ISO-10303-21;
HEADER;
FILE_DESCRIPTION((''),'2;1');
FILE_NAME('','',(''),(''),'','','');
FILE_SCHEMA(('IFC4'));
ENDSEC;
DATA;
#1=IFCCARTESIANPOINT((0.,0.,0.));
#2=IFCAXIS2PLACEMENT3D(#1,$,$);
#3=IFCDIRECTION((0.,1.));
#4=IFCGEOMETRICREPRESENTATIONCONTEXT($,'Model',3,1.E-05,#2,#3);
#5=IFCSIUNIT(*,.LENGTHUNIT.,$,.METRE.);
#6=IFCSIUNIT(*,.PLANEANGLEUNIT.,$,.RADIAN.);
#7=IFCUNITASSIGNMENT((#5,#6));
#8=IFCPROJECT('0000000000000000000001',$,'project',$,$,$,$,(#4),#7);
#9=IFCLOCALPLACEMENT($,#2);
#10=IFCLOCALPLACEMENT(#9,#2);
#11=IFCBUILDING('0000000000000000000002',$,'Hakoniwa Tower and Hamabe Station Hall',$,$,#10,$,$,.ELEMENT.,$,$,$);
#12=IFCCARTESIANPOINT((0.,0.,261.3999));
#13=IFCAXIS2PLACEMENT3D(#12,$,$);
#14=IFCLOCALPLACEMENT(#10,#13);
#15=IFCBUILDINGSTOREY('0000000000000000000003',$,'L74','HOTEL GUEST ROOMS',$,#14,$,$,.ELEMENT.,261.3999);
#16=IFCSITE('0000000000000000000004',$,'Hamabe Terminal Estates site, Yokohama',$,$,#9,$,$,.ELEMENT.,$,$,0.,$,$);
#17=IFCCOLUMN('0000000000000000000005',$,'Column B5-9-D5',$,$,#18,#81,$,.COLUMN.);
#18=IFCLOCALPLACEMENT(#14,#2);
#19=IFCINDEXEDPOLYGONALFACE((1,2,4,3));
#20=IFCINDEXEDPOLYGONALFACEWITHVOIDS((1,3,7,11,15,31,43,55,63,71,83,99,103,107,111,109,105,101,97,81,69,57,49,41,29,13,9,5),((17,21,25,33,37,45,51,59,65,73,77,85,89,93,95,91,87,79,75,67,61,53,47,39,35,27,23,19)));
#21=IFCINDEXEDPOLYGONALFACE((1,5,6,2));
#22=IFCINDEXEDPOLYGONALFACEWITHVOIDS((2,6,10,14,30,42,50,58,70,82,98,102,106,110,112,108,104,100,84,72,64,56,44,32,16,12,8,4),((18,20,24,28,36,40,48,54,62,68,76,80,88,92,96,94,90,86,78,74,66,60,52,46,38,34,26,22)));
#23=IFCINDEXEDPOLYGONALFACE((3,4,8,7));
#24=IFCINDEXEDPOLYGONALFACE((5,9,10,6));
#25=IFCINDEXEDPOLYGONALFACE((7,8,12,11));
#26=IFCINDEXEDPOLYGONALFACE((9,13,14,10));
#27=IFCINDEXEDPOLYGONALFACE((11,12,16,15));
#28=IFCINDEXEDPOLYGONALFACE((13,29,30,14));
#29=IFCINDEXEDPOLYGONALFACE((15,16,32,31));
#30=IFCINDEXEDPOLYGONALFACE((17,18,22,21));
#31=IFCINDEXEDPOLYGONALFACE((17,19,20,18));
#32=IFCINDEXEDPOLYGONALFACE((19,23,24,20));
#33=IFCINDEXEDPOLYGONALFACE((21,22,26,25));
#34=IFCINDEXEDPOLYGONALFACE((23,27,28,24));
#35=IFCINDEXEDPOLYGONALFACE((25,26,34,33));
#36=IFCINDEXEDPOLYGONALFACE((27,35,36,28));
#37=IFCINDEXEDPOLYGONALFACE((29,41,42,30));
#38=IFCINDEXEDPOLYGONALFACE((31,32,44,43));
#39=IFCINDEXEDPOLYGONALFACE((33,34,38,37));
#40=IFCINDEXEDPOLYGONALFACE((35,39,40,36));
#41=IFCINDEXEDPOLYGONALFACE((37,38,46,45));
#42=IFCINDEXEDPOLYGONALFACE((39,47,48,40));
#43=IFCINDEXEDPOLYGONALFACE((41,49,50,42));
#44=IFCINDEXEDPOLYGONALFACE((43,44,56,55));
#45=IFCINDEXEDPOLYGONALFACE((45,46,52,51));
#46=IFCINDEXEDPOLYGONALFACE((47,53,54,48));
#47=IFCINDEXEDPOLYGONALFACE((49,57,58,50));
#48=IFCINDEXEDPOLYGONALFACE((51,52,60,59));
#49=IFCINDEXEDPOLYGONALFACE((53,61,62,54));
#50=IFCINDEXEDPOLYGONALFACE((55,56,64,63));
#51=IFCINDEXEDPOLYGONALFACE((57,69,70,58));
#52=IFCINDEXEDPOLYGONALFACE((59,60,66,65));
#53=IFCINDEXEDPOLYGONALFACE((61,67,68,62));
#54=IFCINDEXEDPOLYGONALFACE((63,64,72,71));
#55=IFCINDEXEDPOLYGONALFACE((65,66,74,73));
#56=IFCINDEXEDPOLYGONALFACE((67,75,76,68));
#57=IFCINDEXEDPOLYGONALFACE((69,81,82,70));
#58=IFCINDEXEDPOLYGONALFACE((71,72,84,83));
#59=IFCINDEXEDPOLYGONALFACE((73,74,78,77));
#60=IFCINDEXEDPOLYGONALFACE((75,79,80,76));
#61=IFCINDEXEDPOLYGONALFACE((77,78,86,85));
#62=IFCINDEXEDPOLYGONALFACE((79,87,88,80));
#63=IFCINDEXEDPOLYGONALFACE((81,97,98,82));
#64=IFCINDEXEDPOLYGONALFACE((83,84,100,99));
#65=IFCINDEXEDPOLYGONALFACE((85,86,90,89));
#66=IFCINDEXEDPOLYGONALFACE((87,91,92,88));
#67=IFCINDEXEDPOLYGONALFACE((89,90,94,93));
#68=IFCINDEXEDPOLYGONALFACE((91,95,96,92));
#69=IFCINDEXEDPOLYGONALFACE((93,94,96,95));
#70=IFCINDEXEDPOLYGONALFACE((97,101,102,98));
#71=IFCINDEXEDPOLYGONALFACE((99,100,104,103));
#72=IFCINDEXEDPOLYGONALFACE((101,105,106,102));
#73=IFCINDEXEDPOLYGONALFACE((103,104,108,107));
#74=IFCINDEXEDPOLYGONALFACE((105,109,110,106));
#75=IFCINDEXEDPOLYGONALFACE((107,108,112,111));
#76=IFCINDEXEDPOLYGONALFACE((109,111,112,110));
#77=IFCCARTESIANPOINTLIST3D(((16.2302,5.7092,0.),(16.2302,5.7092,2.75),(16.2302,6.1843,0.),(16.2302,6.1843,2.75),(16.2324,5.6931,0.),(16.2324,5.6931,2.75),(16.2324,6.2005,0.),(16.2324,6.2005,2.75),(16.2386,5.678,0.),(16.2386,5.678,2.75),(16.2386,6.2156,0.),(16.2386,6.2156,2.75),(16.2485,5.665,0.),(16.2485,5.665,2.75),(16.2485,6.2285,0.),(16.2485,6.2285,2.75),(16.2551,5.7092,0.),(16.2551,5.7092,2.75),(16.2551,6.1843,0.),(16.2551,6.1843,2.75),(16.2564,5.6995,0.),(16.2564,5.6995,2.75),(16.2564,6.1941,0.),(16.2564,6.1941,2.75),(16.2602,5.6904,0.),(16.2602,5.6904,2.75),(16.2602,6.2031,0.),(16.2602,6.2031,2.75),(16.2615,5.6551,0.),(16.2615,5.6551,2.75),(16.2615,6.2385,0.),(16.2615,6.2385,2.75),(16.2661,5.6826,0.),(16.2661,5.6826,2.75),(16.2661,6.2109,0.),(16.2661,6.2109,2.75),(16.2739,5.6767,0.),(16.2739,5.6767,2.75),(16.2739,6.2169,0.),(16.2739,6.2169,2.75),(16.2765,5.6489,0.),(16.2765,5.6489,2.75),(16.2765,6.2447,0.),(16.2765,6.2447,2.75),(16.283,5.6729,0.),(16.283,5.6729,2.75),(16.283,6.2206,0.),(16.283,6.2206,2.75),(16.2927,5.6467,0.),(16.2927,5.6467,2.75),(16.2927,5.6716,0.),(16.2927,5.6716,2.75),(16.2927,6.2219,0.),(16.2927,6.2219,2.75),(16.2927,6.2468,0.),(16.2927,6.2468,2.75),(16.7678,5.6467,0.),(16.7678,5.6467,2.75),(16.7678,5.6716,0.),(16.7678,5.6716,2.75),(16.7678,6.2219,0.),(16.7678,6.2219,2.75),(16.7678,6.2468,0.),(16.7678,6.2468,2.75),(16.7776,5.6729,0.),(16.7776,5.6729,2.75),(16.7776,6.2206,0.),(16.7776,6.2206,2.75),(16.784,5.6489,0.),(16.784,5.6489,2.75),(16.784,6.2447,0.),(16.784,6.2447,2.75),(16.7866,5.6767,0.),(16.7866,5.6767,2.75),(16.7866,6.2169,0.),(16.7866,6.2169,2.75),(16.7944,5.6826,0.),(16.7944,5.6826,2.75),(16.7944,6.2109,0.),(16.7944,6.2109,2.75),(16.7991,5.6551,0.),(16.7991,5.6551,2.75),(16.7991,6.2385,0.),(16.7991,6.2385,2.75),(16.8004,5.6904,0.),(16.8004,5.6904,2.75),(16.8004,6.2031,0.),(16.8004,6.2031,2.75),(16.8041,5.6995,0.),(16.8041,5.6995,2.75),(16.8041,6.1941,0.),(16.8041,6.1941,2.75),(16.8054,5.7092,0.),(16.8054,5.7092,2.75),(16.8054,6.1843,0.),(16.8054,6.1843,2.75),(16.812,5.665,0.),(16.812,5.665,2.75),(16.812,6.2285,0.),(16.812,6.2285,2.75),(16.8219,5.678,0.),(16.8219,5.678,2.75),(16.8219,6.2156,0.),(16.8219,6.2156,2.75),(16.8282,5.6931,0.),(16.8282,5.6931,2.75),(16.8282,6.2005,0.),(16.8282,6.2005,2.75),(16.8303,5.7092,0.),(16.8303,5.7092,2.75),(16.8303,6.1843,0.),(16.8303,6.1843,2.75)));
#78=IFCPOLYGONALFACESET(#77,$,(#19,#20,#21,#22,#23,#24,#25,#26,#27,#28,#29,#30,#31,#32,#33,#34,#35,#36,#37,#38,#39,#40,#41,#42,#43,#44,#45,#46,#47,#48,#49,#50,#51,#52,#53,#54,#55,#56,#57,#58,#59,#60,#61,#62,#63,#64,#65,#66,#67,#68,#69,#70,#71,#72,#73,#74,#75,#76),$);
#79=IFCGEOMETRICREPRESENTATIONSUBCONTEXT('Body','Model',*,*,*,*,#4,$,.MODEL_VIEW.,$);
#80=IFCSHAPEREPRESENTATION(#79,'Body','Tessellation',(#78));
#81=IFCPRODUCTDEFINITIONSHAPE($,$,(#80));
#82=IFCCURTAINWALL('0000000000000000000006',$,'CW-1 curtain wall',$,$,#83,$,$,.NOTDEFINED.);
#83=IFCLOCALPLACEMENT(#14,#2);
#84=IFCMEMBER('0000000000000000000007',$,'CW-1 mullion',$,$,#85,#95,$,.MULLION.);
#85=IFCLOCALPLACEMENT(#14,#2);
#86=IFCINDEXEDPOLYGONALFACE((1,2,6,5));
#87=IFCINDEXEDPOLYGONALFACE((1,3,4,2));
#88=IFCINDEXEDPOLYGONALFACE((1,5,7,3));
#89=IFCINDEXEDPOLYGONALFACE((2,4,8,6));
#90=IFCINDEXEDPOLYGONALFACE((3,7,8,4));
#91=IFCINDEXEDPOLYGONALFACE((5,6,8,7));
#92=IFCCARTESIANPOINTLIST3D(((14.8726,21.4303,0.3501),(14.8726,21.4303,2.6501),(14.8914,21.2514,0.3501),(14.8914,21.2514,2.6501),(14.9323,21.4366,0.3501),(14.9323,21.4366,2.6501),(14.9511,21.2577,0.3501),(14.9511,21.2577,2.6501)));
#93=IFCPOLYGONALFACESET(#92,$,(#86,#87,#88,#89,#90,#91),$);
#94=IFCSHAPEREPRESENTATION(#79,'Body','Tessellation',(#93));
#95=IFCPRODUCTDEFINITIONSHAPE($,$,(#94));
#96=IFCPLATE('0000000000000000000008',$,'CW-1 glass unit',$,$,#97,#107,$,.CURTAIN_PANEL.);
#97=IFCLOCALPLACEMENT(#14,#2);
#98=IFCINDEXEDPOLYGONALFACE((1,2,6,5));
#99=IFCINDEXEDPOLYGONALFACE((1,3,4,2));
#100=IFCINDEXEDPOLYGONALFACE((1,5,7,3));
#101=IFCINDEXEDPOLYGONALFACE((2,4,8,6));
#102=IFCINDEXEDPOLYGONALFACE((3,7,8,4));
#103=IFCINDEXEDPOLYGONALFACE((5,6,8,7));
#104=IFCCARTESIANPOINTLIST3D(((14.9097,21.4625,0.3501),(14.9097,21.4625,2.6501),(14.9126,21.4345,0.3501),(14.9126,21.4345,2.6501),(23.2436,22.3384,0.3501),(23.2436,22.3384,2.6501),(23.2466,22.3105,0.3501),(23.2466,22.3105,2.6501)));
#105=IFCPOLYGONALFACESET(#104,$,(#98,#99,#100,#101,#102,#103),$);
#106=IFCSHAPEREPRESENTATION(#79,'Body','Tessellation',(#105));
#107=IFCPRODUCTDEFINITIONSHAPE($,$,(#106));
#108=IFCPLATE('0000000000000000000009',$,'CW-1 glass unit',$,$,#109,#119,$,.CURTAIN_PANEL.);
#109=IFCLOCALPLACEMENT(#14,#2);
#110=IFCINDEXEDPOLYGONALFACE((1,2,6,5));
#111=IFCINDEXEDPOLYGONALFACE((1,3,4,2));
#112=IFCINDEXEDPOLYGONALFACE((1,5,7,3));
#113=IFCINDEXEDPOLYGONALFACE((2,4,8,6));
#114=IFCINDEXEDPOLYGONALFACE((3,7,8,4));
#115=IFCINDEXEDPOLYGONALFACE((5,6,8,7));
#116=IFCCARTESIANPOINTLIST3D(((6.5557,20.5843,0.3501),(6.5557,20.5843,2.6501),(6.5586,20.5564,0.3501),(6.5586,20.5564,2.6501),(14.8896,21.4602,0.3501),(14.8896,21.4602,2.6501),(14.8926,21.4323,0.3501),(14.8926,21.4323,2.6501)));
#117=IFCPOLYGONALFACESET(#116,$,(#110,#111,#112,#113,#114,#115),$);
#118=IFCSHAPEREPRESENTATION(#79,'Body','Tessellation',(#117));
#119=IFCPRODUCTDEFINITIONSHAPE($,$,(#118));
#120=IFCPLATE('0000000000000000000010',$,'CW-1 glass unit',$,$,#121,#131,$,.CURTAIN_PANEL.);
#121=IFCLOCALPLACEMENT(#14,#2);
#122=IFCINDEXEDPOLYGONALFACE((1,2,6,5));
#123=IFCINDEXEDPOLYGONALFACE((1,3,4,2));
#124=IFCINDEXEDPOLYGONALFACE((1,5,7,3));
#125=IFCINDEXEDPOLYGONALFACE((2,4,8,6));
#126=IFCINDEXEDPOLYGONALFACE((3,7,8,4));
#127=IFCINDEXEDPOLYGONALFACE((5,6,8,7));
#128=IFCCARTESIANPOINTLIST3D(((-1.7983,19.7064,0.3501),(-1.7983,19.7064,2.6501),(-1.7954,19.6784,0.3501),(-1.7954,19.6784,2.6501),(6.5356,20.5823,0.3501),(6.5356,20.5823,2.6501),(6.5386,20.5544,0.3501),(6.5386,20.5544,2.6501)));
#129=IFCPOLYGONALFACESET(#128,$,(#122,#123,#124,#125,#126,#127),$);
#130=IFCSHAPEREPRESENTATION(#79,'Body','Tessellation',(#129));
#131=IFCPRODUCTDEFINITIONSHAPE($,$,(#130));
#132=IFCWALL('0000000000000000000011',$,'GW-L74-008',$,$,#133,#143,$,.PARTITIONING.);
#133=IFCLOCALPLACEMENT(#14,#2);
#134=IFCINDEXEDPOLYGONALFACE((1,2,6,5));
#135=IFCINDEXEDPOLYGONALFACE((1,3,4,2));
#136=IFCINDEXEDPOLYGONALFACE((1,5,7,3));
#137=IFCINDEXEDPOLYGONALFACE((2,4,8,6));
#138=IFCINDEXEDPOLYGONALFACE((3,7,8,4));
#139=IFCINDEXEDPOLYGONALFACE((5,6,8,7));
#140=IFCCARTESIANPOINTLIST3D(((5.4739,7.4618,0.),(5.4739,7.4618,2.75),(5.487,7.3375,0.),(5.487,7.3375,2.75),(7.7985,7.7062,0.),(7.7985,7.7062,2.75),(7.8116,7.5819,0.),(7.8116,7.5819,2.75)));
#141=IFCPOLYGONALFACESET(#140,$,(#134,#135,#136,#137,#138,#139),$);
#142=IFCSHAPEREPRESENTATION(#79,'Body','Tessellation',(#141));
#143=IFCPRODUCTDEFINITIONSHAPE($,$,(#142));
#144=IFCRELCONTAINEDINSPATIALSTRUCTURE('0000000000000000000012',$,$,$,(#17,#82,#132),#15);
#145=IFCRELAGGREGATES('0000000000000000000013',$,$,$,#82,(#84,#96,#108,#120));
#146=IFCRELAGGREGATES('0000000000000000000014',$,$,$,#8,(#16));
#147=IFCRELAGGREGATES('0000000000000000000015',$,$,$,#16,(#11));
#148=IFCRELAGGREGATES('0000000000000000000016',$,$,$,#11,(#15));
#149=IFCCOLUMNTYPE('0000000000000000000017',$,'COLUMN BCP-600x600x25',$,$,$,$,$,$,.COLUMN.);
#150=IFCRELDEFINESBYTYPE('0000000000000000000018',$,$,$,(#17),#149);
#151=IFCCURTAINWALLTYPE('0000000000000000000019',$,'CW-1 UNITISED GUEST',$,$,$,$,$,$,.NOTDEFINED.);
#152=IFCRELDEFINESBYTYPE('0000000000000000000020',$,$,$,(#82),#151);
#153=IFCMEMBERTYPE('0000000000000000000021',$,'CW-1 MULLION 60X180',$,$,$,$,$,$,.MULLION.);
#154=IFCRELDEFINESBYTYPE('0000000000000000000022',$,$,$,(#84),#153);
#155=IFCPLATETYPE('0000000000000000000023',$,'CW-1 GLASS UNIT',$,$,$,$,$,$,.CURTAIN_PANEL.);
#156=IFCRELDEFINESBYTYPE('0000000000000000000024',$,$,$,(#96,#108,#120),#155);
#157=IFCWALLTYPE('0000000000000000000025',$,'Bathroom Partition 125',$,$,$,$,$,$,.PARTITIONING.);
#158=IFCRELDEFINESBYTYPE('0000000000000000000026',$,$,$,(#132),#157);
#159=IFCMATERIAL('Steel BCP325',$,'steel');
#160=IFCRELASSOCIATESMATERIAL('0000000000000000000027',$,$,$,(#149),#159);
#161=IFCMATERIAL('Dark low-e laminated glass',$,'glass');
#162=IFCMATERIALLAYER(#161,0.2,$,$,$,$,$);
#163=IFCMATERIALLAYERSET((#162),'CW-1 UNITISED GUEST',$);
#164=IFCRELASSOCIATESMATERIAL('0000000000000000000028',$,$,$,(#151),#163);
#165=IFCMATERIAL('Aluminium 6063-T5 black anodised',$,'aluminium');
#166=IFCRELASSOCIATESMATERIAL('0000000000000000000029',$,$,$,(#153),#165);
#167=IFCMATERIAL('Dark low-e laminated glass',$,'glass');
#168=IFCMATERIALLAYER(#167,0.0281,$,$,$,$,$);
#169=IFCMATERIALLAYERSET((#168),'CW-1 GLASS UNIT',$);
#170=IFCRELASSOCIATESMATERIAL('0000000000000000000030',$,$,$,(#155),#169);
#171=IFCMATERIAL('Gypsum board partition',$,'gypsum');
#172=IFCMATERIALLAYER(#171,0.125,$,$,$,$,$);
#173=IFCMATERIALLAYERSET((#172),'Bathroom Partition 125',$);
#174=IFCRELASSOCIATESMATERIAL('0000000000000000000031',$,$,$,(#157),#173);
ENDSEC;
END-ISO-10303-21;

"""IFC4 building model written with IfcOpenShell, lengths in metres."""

from ifc_helpers import new_model, si_unit, direction, frame, frame_2d, origin, origin_2d, place, context, subcontext, project, spatial, rectangle, hollow_rectangle, extrude, material, layer, layer_set, material_profile, profile_set, type_object, element, aggregate, save


model = new_model("IFC4")

# Units and contexts
model_context = context("Model", 3, precision=1e-05, world=origin(), true_north=direction((0.0, 1.0)))
body_context = subcontext(model_context, "Body", "Model", "MODEL_VIEW")
ifc_project = project(units=[si_unit("LENGTHUNIT", "METRE"), si_unit("PLANEANGLEUNIT", "RADIAN")], contexts=[model_context])

# Site, building, storey
site_placement = place(None, origin())
site = spatial("IfcSite", under=ifc_project, at=site_placement, Name="Hamabe Terminal Estates site, Yokohama", CompositionType="ELEMENT", RefElevation=0.0)
building_placement = place(site_placement, origin())
building = spatial("IfcBuilding", under=site, at=building_placement, Name="Hakoniwa Tower and Hamabe Station Hall", CompositionType="ELEMENT")
storey_placement = place(building_placement, frame((0.0, 0.0, 261.3999)))
storey = spatial("IfcBuildingStorey", under=building, at=storey_placement, Name="L74", Description="HOTEL GUEST ROOMS", CompositionType="ELEMENT", Elevation=261.3999)

# Column
ifc_material_1 = material(Name="Steel BCP325", Category="steel")
ifc_material_profile_1 = material_profile(ifc_material_1, hollow_rectangle(XDim=0.6001, YDim=0.6001, WallThickness=0.0249, InnerFilletRadius=0.0376, OuterFilletRadius=0.0625, at=origin_2d()), Name="BCP-600x600x25")
ifc_profile_set_1 = profile_set([ifc_material_profile_1], Name="Steel BCP325")
column_type_1 = type_object("IfcColumnType", Name="COLUMN BCP-600x600x25", PredefinedType="COLUMN", material=ifc_profile_set_1)
column_placement = place(storey_placement, frame((16.5303, 5.9468, 0.0), z_axis=(0.0, 0.0, 1.0), x_axis=(1.0, 0.0, 0.0)))
element("IfcColumn", 1, at=column_placement, inside=storey, type_object=column_type_1, Name="Column B5-9-D5", PredefinedType="COLUMN", context=body_context, shape_type="SweptSolid", body=[
    extrude(hollow_rectangle(XDim=0.6001, YDim=0.6001, WallThickness=0.0249, InnerFilletRadius=0.0376, OuterFilletRadius=0.0625, at=origin_2d()), origin(), (0.0, 0.0, 1.0), 2.75),
])

# Curtain wall, member, plates
ifc_material_2 = material(Name="Dark low-e laminated glass", Category="glass")
ifc_layer_1 = layer(ifc_material_2, 0.2)
ifc_layer_set_1 = layer_set([ifc_layer_1], Name="CW-1 UNITISED GUEST")
curtain_wall_type = type_object("IfcCurtainWallType", Name="CW-1 UNITISED GUEST", PredefinedType="NOTDEFINED", material=ifc_layer_set_1)
curtain_wall_placement = place(storey_placement, origin())
curtain_wall = element("IfcCurtainWall", 2, at=curtain_wall_placement, inside=storey, type_object=curtain_wall_type, Name="CW-1 curtain wall", PredefinedType="NOTDEFINED")
ifc_material_3 = material(Name="Aluminium 6063-T5 black anodised", Category="aluminium")
ifc_material_profile_2 = material_profile(ifc_material_3, rectangle(XDim=0.0601, YDim=0.1799, at=origin_2d()), Name="CW-1 MULLION 60X180")
ifc_profile_set_2 = profile_set([ifc_material_profile_2], Name="Aluminium 6063-T5 black anodised")
member_type = type_object("IfcMemberType", Name="CW-1 MULLION 60X180", PredefinedType="MULLION", material=ifc_profile_set_2)
member_placement = place(storey_placement, frame((14.9119, 21.344, 0.3501), z_axis=(0.0, 0.0, 1.0), x_axis=(-0.994522, -0.104528, 0.0)))
member = element("IfcMember", 3, at=member_placement, type_object=member_type, Name="CW-1 mullion", PredefinedType="MULLION", context=body_context, shape_type="SweptSolid", body=[
    extrude(rectangle(XDim=0.0601, YDim=0.1799, at=origin_2d()), origin(), (0.0, 0.0, 1.0), 2.3),
])
ifc_material_4 = material(Name="Dark low-e laminated glass", Category="glass")
ifc_layer_2 = layer(ifc_material_4, 0.0281)
ifc_layer_set_2 = layer_set([ifc_layer_2], Name="CW-1 GLASS UNIT")
plate_type = type_object("IfcPlateType", Name="CW-1 GLASS UNIT", PredefinedType="CURTAIN_PANEL", material=ifc_layer_set_2)
plate_1_placement = place(storey_placement, frame((19.0781, 21.8865, 0.3501), z_axis=(0.0, 0.0, 1.0), x_axis=(-0.994522, -0.104528, 0.0)))
plate_1 = element("IfcPlate", 4, at=plate_1_placement, type_object=plate_type, Name="CW-1 glass unit", PredefinedType="CURTAIN_PANEL", context=body_context, shape_type="SweptSolid", body=[
    extrude(rectangle(XDim=8.3799, YDim=0.0281, at=origin_2d()), origin(), (0.0, 0.0, 1.0), 2.3),
])
plate_2_placement = place(storey_placement, frame((10.7241, 21.0083, 0.3501), z_axis=(0.0, 0.0, 1.0), x_axis=(-0.994522, -0.104528, 0.0)))
plate_2 = element("IfcPlate", 5, at=plate_2_placement, type_object=plate_type, Name="CW-1 glass unit", PredefinedType="CURTAIN_PANEL", context=body_context, shape_type="SweptSolid", body=[
    extrude(rectangle(XDim=8.3799, YDim=0.0281, at=origin_2d()), origin(), (0.0, 0.0, 1.0), 2.3),
])
plate_3_placement = place(storey_placement, frame((2.3701, 20.1304, 0.3501), z_axis=(0.0, 0.0, 1.0), x_axis=(-0.994522, -0.104528, 0.0)))
plate_3 = element("IfcPlate", 6, at=plate_3_placement, type_object=plate_type, Name="CW-1 glass unit", PredefinedType="CURTAIN_PANEL", context=body_context, shape_type="SweptSolid", body=[
    extrude(rectangle(XDim=8.3799, YDim=0.0281, at=origin_2d()), origin(), (0.0, 0.0, 1.0), 2.3),
])
aggregate(curtain_wall, [member, plate_1, plate_2, plate_3])

# Wall
ifc_material_5 = material(Name="Gypsum board partition", Category="gypsum")
ifc_layer_3 = layer(ifc_material_5, 0.125)
ifc_layer_set_3 = layer_set([ifc_layer_3], Name="Bathroom Partition 125")
wall_type_1 = type_object("IfcWallType", Name="Bathroom Partition 125", PredefinedType="PARTITIONING", material=ifc_layer_set_3)
wall_1_placement = place(storey_placement, frame((5.4805, 7.3997, 0.0), z_axis=(0.0, 0.0, 1.0), x_axis=(0.99452, 0.104549, 0.0)))
element("IfcWall", 7, at=wall_1_placement, inside=storey, type_object=wall_type_1, Name="GW-L74-008", PredefinedType="PARTITIONING", context=body_context, shape_type="SweptSolid", body=[
    extrude(rectangle(XDim=2.3374, YDim=0.125, at=frame_2d((1.1687, 0.0))), origin(), (0.0, 0.0, 1.0), 2.75),
])

save(model, "model.ifc")
